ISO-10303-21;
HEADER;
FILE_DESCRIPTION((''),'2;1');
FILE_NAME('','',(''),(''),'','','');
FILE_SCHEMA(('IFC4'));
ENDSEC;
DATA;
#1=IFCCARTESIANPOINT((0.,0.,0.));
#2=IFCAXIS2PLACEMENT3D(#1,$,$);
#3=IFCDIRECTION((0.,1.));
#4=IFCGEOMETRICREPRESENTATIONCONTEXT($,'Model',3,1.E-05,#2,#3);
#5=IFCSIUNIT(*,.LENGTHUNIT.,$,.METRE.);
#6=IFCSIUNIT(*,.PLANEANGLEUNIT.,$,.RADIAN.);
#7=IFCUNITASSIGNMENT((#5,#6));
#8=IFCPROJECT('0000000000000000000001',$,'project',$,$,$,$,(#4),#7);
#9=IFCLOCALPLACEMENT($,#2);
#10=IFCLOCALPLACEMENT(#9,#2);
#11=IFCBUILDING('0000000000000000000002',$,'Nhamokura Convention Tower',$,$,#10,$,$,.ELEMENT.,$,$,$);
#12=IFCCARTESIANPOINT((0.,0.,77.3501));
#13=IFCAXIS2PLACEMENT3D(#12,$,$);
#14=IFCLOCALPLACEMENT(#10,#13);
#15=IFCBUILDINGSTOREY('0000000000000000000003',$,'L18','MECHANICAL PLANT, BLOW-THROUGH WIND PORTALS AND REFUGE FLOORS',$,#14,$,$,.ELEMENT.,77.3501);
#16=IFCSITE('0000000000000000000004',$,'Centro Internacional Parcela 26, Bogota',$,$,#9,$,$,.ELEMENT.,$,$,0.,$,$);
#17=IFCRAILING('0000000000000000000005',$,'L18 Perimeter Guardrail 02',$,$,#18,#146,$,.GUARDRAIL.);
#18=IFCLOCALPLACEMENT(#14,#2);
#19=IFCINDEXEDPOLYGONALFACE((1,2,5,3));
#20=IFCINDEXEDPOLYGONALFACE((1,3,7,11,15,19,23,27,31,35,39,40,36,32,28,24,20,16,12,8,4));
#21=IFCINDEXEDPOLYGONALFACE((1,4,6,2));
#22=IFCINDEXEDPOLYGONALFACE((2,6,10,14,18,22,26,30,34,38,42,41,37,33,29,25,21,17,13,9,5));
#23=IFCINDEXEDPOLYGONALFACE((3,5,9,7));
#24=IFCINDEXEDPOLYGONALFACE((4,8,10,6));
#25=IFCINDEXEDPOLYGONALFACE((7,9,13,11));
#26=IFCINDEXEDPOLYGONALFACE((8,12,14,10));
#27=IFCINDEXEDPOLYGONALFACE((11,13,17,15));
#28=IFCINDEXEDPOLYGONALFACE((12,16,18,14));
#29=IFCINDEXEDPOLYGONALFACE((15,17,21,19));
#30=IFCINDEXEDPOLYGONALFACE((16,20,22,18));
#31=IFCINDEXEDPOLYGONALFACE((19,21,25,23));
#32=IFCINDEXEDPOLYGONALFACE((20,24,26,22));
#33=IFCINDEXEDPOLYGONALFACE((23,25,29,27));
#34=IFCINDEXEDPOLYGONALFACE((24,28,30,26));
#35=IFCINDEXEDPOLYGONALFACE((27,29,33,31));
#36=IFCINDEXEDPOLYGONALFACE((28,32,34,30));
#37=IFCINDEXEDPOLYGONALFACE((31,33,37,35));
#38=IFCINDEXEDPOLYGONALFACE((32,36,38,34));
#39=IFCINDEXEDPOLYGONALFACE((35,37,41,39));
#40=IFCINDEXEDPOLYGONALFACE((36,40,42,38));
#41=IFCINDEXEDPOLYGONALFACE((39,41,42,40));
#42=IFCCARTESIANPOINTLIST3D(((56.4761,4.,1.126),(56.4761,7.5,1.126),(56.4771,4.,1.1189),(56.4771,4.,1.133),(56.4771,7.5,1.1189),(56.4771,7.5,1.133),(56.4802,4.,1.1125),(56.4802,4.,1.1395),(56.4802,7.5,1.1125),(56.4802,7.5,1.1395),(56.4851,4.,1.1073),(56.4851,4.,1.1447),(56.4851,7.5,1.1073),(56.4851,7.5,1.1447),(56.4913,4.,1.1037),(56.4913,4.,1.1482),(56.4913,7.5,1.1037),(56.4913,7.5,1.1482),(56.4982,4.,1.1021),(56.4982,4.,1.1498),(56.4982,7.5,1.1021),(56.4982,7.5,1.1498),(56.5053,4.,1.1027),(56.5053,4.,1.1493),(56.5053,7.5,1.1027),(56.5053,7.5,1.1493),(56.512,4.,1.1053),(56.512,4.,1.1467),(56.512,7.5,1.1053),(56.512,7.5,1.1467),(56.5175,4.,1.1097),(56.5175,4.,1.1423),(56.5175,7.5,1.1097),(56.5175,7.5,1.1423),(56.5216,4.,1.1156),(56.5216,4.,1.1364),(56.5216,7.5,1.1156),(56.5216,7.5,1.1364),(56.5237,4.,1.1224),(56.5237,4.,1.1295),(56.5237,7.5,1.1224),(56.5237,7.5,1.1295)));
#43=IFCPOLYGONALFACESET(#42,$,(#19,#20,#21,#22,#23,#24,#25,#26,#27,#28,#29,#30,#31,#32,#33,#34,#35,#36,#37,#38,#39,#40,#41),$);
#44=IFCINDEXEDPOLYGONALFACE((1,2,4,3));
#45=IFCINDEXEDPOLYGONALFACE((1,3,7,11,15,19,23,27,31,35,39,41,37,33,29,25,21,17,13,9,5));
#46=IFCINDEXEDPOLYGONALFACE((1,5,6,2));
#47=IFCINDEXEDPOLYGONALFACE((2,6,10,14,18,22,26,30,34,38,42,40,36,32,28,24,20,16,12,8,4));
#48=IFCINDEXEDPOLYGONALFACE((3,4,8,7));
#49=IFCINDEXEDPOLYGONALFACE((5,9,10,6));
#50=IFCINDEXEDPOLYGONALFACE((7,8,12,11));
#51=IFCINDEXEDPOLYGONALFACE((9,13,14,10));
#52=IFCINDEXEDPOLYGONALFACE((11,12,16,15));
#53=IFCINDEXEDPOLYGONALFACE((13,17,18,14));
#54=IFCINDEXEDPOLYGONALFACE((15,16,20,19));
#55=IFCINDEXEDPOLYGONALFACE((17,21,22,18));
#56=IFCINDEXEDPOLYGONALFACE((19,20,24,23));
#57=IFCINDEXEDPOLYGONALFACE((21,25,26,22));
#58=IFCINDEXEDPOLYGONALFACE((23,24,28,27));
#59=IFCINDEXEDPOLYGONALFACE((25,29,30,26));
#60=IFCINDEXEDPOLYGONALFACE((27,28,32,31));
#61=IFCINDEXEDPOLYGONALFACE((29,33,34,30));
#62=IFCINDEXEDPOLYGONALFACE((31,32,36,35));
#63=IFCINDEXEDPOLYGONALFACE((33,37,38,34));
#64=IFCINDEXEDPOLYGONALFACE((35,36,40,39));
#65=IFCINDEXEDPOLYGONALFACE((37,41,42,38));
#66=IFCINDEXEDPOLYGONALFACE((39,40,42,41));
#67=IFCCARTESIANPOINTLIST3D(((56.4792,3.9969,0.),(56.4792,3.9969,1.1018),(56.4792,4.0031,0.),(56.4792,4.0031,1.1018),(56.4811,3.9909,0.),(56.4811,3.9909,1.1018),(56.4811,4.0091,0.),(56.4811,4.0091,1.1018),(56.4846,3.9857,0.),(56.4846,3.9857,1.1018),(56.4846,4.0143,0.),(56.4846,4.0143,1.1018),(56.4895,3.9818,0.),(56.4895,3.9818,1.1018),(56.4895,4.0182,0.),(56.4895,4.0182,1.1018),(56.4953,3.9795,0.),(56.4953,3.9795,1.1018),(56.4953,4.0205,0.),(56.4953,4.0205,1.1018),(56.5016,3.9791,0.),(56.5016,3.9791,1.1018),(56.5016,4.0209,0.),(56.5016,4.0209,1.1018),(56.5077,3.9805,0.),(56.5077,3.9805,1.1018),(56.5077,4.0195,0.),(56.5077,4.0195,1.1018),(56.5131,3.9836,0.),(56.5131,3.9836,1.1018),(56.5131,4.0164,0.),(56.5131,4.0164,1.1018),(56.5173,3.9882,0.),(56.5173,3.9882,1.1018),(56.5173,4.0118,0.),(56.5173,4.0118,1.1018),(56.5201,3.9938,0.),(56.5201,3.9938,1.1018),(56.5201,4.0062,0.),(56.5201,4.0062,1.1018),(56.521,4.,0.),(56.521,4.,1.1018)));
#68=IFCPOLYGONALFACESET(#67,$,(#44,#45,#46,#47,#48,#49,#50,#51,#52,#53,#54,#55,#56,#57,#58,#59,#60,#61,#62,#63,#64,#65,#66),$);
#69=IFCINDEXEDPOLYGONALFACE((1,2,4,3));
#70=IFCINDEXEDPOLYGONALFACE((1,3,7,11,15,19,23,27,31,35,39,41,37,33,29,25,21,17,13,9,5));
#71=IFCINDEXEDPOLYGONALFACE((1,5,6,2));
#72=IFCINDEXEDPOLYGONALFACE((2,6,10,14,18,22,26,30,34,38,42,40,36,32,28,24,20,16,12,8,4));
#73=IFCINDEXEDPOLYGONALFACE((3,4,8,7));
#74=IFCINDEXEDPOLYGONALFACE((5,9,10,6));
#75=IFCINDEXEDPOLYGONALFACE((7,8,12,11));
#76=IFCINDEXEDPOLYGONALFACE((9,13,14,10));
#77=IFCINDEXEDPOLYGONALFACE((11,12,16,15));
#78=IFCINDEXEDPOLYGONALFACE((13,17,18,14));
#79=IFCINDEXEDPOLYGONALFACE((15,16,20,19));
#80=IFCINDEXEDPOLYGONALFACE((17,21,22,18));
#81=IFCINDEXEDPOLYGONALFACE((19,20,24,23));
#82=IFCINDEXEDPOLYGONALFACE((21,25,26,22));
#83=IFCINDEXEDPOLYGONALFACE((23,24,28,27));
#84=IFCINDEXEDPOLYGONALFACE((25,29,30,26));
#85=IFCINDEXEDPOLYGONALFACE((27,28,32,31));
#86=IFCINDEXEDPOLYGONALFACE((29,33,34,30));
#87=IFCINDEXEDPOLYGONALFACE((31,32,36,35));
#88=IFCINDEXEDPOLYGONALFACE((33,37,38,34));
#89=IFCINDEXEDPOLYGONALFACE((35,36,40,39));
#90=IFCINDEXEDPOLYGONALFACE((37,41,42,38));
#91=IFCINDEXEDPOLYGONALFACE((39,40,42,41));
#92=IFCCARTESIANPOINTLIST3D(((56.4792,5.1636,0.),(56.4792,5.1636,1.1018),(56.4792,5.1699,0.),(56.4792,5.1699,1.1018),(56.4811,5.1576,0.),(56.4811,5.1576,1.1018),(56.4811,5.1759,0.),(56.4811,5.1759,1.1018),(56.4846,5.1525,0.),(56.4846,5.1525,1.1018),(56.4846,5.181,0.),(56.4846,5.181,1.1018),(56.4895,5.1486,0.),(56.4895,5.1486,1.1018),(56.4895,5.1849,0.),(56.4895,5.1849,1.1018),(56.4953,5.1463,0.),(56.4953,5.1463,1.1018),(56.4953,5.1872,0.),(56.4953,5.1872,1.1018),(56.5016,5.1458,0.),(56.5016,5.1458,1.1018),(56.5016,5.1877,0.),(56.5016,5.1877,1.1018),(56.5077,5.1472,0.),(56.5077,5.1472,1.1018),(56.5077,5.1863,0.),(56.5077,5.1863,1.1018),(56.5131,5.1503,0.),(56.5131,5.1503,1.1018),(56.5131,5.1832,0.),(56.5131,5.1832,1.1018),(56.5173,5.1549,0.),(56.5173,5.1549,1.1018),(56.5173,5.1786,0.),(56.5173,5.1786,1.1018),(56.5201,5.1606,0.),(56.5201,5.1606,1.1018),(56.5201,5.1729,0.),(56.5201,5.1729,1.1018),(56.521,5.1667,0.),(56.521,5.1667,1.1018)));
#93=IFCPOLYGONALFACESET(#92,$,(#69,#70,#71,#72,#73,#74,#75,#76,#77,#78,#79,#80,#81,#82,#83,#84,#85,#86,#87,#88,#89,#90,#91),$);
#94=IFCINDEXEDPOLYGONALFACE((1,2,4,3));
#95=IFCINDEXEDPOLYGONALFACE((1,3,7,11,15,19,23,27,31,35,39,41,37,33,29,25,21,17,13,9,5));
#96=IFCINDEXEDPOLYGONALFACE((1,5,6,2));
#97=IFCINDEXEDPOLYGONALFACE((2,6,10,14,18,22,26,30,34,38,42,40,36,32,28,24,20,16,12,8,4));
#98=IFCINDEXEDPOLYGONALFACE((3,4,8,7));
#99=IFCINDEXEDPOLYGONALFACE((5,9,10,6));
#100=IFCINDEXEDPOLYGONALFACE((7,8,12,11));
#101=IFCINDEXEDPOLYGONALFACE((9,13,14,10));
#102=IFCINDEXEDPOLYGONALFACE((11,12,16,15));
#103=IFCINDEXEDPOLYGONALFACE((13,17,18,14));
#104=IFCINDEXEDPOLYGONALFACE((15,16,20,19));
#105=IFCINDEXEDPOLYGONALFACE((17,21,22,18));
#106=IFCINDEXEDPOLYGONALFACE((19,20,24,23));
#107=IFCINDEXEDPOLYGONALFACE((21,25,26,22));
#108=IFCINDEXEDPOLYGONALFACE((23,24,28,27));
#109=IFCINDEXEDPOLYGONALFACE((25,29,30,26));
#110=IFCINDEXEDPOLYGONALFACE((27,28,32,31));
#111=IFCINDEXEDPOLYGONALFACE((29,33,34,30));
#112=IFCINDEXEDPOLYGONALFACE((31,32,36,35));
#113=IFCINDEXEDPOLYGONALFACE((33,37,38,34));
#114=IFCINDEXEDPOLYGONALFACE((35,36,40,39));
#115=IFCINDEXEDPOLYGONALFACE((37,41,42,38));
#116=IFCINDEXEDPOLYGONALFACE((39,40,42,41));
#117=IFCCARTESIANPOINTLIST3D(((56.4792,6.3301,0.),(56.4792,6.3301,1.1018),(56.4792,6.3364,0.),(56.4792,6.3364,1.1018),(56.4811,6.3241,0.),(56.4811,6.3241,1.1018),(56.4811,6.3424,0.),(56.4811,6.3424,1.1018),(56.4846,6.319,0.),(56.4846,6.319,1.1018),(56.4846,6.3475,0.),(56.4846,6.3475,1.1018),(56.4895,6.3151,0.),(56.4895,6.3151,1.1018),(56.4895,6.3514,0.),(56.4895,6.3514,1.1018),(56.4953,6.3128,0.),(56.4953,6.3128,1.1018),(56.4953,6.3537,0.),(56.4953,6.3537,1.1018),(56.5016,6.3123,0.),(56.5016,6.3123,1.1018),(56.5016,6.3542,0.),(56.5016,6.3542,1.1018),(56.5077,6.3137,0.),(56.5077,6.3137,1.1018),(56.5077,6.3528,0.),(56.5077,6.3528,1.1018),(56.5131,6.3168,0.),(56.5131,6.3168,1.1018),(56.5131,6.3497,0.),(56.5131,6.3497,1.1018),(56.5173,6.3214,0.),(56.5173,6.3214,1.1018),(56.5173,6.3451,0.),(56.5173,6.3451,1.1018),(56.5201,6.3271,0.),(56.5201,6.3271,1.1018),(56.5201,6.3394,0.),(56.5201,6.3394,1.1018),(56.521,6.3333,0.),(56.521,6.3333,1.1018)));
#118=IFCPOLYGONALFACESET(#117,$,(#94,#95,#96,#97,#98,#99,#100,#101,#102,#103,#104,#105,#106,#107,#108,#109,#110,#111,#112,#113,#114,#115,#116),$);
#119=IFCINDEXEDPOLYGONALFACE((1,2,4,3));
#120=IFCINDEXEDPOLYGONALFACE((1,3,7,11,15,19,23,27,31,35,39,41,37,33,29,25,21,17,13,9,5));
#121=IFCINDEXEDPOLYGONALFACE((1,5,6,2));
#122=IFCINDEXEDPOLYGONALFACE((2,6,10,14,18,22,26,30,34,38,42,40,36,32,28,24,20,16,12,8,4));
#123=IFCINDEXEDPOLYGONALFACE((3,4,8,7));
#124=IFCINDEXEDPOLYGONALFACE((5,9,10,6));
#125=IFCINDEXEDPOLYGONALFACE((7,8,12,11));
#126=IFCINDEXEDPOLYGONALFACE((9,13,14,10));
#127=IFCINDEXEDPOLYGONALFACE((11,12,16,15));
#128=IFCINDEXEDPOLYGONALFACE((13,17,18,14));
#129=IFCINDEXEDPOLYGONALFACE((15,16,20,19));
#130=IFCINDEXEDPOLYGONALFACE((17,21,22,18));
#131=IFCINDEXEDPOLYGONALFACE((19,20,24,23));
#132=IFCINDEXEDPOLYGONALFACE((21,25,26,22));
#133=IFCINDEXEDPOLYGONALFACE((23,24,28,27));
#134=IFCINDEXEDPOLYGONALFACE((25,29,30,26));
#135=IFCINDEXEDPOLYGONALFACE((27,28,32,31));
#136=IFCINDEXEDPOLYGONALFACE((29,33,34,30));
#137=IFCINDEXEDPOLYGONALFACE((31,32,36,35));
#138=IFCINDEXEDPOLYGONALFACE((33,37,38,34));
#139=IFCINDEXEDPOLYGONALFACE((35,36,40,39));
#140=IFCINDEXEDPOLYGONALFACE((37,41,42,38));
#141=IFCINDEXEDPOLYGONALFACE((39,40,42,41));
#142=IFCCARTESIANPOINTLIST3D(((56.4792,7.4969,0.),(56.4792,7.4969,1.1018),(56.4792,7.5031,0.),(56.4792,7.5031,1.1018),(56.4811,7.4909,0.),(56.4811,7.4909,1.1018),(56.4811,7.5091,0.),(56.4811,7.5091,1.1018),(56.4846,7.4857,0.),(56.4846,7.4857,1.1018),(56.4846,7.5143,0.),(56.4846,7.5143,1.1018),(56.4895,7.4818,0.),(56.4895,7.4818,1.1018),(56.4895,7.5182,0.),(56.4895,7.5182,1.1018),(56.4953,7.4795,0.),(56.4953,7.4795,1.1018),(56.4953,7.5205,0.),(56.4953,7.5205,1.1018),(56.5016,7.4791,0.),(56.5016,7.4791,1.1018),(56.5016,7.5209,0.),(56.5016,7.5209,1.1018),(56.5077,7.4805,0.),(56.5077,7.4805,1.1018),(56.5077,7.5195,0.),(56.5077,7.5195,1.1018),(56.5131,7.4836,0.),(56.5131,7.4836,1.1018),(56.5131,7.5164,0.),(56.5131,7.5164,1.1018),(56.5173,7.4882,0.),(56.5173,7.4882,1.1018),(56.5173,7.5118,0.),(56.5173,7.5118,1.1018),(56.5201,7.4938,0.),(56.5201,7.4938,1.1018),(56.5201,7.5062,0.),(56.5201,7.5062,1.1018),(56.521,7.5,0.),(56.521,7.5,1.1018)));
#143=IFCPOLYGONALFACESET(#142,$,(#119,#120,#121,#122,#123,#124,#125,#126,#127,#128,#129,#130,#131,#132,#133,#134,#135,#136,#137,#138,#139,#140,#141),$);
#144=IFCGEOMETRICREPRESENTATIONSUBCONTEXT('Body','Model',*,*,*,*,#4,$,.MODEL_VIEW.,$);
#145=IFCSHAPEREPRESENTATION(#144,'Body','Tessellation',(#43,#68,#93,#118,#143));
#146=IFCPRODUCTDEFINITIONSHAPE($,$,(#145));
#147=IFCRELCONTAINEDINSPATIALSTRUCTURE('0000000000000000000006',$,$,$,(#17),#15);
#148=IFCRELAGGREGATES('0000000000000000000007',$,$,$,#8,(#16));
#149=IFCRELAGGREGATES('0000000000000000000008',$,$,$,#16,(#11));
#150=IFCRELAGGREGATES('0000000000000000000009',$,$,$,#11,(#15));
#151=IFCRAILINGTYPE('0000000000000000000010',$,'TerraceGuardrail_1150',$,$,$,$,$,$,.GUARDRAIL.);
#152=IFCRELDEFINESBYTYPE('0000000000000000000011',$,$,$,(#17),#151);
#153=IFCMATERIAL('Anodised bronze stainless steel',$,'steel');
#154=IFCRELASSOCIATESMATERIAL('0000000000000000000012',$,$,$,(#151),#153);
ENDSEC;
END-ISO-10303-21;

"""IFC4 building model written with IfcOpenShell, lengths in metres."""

from ifc_helpers import new_model, si_unit, direction, frame, origin, origin_2d, place, context, subcontext, project, spatial, circle, extrude, material, type_object, element, save


model = new_model("IFC4")

# Units and contexts
model_context = context("Model", 3, precision=1e-05, world=origin(), true_north=direction((0.0, 1.0)))
body_context = subcontext(model_context, "Body", "Model", "MODEL_VIEW")
ifc_project = project(units=[si_unit("LENGTHUNIT", "METRE"), si_unit("PLANEANGLEUNIT", "RADIAN")], contexts=[model_context])

# Site, building, storey
site_placement = place(None, origin())
site = spatial("IfcSite", under=ifc_project, at=site_placement, Name="Centro Internacional Parcela 26, Bogota", CompositionType="ELEMENT", RefElevation=0.0)
building_placement = place(site_placement, origin())
building = spatial("IfcBuilding", under=site, at=building_placement, Name="Nhamokura Convention Tower", CompositionType="ELEMENT")
storey_placement = place(building_placement, frame((0.0, 0.0, 77.3501)))
storey = spatial("IfcBuildingStorey", under=building, at=storey_placement, Name="L18", Description="MECHANICAL PLANT, BLOW-THROUGH WIND PORTALS AND REFUGE FLOORS", CompositionType="ELEMENT", Elevation=77.3501)

# Railing
ifc_material_1 = material(Name="Anodised bronze stainless steel", Category="steel")
railing_type = type_object("IfcRailingType", Name="TerraceGuardrail_1150", PredefinedType="GUARDRAIL", material=ifc_material_1)
railing_1_placement = place(storey_placement, frame((56.5, 4.0, 0.0)))
element("IfcRailing", 1, at=railing_1_placement, inside=storey, type_object=railing_type, Name="L18 Perimeter Guardrail 02", PredefinedType="GUARDRAIL", context=body_context, shape_type="SweptSolid", body=[
    extrude(circle(Radius=0.0239, at=origin_2d()), frame((0.0, 0.0, 1.126), z_axis=(0.0, 1.0, 0.0), x_axis=(-1.0, 0.0, 0.0)), (0.0, 0.0, 1.0), 3.5),
    extrude(circle(Radius=0.021, at=origin_2d()), origin(), (0.0, 0.0, 1.0), 1.1018),
    extrude(circle(Radius=0.021, at=origin_2d()), frame((0.0, 1.1667, 0.0)), (0.0, 0.0, 1.0), 1.1018),
    extrude(circle(Radius=0.021, at=origin_2d()), frame((0.0, 2.3333, 0.0)), (0.0, 0.0, 1.0), 1.1018),
    extrude(circle(Radius=0.021, at=origin_2d()), frame((0.0, 3.5, 0.0)), (0.0, 0.0, 1.0), 1.1018),
])

save(model, "model.ifc")
